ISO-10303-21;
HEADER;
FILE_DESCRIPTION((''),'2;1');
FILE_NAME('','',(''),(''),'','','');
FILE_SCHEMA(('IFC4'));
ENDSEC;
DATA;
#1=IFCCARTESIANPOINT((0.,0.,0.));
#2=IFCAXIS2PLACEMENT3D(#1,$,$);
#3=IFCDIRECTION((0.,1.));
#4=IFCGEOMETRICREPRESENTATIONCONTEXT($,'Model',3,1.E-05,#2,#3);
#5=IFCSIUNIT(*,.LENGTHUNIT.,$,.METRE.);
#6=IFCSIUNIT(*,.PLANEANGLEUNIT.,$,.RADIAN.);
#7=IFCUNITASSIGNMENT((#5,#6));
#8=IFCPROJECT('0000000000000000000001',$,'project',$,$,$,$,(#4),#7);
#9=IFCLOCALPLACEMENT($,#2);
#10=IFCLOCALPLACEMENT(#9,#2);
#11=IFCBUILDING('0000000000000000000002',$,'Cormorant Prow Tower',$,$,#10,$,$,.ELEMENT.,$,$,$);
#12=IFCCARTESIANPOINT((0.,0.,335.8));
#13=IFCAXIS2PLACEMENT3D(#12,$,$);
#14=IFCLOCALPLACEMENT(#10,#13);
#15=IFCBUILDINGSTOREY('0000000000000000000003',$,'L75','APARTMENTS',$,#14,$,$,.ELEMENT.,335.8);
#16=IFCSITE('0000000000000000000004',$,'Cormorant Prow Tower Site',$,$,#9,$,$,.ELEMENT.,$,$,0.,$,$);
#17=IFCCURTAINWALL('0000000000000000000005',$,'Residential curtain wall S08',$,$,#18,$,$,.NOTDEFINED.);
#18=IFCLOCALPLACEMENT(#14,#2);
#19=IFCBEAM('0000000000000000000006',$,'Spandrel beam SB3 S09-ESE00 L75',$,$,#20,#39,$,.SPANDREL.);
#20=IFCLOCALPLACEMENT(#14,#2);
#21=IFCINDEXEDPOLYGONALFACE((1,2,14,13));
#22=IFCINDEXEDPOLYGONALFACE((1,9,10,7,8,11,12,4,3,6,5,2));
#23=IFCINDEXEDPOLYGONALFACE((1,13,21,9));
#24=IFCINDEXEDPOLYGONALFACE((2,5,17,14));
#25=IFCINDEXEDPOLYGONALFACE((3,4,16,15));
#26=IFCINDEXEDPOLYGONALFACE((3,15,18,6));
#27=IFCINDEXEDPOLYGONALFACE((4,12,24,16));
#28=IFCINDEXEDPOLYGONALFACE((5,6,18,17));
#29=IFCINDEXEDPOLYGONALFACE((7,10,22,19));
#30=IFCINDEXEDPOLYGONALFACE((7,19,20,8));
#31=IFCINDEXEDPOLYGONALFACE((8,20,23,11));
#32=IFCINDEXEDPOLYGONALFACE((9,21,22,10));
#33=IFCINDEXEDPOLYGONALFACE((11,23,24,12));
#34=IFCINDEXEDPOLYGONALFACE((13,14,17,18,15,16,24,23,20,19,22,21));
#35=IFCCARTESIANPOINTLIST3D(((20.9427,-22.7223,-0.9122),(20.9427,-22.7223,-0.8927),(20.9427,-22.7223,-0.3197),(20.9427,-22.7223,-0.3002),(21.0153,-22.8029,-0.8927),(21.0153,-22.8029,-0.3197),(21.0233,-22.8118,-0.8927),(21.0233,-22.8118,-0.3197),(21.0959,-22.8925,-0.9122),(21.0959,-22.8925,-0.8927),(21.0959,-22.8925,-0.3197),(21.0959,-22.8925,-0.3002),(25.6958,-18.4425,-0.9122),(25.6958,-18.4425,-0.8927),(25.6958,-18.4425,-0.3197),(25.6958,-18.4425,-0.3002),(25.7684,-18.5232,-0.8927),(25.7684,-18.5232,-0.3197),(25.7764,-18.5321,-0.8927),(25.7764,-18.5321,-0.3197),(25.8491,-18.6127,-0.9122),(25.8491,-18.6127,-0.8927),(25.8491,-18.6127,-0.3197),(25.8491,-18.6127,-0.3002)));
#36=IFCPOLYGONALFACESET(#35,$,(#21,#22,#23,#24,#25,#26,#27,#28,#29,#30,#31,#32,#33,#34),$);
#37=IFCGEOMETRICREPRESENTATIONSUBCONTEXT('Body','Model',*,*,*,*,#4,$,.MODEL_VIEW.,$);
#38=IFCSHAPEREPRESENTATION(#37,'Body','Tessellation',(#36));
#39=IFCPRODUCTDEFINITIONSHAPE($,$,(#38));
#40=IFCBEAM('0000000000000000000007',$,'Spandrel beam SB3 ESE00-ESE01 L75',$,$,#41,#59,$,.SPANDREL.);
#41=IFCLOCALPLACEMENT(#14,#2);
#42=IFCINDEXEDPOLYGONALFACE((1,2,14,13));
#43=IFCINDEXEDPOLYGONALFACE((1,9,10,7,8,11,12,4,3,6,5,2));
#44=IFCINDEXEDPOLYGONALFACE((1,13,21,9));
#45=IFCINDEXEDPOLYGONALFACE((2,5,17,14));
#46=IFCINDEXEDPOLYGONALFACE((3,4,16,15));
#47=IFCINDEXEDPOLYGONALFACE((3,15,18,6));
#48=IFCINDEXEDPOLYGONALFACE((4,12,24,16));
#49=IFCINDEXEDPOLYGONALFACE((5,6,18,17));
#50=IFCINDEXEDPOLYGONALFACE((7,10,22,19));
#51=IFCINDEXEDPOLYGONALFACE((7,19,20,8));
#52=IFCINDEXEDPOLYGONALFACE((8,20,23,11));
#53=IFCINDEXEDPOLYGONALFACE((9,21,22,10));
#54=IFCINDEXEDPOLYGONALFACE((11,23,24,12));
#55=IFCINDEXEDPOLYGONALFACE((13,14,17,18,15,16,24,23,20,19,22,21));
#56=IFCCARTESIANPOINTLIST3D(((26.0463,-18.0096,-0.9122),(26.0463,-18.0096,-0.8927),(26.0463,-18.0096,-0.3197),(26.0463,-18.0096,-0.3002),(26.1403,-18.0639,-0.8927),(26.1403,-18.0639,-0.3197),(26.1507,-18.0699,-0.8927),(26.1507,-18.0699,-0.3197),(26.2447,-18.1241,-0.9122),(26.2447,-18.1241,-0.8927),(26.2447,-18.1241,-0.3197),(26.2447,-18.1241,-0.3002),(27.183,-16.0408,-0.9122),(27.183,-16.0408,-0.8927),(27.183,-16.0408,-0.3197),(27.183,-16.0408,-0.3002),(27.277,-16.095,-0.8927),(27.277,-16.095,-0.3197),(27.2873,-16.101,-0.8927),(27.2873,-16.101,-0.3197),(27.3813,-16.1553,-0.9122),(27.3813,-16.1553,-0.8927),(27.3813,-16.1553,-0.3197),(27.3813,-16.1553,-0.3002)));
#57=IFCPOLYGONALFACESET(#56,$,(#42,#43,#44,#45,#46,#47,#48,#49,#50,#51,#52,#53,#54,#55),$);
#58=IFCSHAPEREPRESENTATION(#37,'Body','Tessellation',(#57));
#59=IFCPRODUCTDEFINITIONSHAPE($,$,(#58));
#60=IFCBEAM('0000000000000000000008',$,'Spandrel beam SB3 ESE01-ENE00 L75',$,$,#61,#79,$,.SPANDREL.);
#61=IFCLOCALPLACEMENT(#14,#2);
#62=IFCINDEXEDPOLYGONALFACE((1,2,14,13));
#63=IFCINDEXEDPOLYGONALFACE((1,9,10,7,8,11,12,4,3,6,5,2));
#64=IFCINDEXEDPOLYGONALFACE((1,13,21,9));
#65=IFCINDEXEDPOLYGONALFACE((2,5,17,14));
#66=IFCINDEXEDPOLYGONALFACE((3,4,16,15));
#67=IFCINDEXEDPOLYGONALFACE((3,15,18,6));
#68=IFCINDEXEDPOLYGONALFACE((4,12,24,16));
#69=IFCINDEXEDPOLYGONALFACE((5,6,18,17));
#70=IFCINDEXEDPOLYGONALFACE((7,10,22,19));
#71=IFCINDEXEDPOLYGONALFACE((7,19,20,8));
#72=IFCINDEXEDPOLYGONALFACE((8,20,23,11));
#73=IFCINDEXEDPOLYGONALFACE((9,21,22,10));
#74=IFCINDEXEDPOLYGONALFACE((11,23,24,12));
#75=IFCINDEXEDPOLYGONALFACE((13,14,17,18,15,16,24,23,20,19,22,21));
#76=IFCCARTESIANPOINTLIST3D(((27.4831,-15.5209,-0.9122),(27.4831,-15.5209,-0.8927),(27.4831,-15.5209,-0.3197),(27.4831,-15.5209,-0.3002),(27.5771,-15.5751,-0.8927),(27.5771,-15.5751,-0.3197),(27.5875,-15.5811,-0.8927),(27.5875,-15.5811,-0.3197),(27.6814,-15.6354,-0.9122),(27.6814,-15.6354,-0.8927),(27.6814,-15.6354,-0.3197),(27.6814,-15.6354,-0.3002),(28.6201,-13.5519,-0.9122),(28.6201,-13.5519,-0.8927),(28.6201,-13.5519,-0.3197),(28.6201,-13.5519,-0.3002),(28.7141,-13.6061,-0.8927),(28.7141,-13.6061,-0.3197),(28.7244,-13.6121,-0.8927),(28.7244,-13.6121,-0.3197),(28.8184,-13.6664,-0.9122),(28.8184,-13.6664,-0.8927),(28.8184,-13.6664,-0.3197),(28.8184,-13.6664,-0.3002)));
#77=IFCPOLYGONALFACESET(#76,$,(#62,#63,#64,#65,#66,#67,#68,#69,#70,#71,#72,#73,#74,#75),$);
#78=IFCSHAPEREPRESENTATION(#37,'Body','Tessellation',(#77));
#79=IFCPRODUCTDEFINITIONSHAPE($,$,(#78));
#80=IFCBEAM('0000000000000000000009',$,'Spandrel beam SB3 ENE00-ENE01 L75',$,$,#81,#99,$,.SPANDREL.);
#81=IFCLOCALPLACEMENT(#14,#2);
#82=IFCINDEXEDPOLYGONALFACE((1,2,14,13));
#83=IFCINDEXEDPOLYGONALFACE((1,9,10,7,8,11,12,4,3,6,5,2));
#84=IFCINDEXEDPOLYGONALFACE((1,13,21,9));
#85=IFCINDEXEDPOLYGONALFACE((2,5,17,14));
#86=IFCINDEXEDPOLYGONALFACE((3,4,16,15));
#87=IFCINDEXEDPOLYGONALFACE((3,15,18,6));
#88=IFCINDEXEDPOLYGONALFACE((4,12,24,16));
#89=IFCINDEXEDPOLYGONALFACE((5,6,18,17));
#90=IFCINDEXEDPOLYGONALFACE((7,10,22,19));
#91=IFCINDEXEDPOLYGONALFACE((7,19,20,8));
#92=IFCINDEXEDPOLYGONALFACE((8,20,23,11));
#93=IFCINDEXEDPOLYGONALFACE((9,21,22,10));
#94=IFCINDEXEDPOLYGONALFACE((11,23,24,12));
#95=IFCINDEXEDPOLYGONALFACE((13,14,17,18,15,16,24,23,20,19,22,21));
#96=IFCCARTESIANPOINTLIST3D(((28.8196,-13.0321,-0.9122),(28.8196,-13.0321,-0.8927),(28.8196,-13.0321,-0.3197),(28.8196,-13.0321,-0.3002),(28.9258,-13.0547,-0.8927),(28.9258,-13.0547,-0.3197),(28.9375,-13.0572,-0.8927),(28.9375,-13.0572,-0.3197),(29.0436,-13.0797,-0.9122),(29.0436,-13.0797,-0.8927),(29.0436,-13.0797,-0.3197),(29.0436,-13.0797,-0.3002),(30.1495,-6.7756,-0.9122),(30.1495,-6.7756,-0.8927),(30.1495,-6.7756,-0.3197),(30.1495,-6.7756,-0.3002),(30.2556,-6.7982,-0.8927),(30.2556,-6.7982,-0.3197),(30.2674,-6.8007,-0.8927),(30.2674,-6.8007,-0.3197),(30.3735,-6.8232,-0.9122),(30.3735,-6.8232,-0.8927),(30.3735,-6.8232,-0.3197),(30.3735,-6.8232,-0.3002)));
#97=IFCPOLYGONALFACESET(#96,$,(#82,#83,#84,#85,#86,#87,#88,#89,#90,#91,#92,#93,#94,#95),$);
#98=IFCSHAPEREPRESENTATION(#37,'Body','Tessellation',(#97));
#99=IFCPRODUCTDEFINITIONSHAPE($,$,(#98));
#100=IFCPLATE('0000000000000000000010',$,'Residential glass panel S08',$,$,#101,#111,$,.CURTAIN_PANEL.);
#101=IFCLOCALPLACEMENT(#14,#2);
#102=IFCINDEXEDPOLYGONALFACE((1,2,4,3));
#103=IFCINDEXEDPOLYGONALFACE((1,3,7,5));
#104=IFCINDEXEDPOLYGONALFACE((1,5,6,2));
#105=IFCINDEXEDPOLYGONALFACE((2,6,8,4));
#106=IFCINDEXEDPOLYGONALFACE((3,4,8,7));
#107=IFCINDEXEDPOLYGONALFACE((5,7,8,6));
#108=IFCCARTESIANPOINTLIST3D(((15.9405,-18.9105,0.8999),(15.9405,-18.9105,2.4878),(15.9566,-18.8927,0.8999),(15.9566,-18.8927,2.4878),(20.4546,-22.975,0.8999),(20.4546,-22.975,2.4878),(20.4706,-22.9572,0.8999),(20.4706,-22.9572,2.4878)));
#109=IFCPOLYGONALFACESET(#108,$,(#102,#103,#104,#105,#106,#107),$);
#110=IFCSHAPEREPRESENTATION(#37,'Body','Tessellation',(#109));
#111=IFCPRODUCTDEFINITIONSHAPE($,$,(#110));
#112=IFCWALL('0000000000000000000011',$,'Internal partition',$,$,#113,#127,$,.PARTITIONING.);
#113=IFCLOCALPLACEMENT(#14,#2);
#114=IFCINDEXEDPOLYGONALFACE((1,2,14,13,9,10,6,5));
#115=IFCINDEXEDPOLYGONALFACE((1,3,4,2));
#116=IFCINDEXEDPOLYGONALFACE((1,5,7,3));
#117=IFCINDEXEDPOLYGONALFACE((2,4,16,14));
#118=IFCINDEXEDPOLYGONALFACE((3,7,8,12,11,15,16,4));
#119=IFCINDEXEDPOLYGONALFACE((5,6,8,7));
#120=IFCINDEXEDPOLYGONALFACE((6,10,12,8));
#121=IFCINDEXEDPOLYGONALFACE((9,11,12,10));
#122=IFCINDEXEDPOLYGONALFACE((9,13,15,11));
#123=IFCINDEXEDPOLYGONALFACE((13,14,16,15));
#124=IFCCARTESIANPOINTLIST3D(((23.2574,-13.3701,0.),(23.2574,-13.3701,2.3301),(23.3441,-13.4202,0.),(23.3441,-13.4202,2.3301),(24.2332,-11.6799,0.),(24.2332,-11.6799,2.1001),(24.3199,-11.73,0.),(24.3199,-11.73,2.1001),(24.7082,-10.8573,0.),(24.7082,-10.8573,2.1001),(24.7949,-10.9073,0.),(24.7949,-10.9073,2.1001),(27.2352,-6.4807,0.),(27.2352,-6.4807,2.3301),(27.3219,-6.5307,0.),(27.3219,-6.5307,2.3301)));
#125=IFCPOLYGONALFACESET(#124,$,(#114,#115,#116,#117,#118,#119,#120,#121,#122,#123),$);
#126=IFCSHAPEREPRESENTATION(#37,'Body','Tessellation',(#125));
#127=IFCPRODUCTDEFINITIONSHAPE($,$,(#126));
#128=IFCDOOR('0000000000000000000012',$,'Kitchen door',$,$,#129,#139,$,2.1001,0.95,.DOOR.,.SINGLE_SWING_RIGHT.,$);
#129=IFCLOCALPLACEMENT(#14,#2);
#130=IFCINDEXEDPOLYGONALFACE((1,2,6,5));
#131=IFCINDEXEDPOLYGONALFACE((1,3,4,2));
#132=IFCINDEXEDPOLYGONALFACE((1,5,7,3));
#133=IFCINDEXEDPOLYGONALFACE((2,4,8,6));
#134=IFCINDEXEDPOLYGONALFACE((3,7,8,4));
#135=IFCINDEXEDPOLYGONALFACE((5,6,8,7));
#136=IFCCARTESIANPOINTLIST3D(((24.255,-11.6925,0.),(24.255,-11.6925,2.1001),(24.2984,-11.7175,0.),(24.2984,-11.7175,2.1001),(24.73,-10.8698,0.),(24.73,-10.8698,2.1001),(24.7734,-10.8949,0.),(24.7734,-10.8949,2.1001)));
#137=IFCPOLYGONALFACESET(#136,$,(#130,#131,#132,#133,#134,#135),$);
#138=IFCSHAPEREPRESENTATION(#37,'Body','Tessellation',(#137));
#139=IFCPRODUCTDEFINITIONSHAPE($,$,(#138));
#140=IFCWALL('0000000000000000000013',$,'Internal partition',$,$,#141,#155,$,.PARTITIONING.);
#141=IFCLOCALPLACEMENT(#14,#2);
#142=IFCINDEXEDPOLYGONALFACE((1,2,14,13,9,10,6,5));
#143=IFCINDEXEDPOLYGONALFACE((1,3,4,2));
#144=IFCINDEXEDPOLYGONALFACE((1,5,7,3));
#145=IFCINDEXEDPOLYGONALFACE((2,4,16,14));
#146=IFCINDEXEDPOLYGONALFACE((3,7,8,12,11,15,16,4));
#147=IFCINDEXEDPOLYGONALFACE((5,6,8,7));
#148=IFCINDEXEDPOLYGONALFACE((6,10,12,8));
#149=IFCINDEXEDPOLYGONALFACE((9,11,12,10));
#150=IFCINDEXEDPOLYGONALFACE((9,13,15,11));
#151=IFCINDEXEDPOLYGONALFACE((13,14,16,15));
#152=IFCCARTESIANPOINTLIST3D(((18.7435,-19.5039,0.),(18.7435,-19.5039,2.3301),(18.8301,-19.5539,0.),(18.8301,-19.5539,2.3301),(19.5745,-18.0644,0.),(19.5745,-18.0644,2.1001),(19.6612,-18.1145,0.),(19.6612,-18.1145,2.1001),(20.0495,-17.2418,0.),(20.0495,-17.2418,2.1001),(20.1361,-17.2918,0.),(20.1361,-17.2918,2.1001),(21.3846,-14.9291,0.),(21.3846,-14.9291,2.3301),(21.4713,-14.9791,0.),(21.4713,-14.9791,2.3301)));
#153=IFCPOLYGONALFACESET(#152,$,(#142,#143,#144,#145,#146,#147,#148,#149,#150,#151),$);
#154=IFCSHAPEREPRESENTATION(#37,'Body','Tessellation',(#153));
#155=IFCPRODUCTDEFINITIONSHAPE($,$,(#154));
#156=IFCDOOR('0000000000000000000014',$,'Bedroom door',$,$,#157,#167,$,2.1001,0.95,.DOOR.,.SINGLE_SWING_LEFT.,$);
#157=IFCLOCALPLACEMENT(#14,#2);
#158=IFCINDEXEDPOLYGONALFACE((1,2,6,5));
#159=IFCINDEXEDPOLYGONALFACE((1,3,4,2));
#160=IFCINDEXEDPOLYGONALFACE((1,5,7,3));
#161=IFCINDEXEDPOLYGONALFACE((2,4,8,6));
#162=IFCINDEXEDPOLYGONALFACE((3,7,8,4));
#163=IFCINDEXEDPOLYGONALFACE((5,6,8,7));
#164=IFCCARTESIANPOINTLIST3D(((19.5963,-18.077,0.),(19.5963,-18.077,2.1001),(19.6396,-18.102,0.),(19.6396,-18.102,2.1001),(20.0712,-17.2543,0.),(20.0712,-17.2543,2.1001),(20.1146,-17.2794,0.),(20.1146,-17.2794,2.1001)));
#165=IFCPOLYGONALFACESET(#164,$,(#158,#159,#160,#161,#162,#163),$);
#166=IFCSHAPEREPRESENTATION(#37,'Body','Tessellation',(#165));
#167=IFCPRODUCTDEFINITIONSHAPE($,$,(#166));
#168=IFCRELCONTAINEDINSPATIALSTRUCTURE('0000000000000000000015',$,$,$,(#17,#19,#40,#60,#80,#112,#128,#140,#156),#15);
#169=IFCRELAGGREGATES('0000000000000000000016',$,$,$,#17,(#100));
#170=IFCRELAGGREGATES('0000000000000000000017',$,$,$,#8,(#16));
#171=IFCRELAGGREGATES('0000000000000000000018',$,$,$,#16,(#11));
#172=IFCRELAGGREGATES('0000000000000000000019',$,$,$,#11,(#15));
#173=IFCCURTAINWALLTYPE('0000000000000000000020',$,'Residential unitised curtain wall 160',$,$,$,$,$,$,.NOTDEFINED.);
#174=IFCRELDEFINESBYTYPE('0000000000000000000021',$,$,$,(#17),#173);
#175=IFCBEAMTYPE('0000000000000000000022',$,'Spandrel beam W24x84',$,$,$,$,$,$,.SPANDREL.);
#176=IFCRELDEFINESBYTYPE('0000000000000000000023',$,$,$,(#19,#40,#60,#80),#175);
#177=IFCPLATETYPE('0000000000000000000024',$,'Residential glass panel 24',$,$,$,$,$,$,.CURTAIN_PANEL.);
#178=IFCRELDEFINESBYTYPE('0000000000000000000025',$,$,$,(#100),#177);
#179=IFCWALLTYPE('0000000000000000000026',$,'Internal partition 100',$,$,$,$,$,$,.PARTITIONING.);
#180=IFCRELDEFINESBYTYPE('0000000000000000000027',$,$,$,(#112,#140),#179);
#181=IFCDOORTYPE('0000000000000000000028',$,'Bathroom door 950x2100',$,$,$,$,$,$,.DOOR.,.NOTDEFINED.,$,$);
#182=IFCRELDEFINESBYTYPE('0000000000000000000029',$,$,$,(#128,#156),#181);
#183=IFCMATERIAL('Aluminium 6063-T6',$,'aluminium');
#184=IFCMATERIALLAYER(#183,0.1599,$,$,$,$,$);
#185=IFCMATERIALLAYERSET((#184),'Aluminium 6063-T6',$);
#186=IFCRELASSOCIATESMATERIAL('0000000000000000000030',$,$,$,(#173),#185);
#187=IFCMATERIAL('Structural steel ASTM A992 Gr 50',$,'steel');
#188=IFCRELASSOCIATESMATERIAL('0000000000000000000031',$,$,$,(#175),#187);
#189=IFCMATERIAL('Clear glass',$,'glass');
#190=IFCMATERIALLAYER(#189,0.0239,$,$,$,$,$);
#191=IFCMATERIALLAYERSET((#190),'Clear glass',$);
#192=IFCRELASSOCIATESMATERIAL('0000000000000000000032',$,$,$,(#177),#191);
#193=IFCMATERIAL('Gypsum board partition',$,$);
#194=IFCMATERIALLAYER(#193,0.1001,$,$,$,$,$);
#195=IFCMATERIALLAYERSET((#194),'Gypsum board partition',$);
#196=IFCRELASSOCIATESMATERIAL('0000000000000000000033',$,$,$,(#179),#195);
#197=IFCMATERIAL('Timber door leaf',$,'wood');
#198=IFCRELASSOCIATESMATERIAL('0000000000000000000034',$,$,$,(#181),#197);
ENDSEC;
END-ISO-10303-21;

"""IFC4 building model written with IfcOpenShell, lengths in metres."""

from ifc_helpers import new_model, si_unit, direction, frame, frame_2d, origin, origin_2d, place, context, subcontext, project, spatial, rectangle, i_section, extrude, material, layer, layer_set, material_profile, profile_set, type_object, element, fill, aggregate, save


model = new_model("IFC4")

# Units and contexts
model_context = context("Model", 3, precision=1e-05, world=origin(), true_north=direction((0.0, 1.0)))
body_context = subcontext(model_context, "Body", "Model", "MODEL_VIEW")
ifc_project = project(units=[si_unit("LENGTHUNIT", "METRE"), si_unit("PLANEANGLEUNIT", "RADIAN")], contexts=[model_context])

# Site, building, storey
site_placement = place(None, origin())
site = spatial("IfcSite", under=ifc_project, at=site_placement, Name="Cormorant Prow Tower Site", CompositionType="ELEMENT", RefElevation=0.0)
building_placement = place(site_placement, origin())
building = spatial("IfcBuilding", under=site, at=building_placement, Name="Cormorant Prow Tower", CompositionType="ELEMENT")
storey_placement = place(building_placement, frame((0.0, 0.0, 335.8)))
storey = spatial("IfcBuildingStorey", under=building, at=storey_placement, Name="L75", Description="APARTMENTS", CompositionType="ELEMENT", Elevation=335.8)

# Curtain wall
ifc_material_1 = material(Name="Aluminium 6063-T6", Category="aluminium")
ifc_layer_1 = layer(ifc_material_1, 0.1599)
ifc_layer_set_1 = layer_set([ifc_layer_1], Name="Aluminium 6063-T6")
curtain_wall_type = type_object("IfcCurtainWallType", Name="Residential unitised curtain wall 160", PredefinedType="NOTDEFINED", material=ifc_layer_set_1)
curtain_wall_1_placement = place(storey_placement, origin())
curtain_wall_1 = element("IfcCurtainWall", 1, at=curtain_wall_1_placement, inside=storey, type_object=curtain_wall_type, Name="Residential curtain wall S08", PredefinedType="NOTDEFINED")

# Beams
ifc_material_2 = material(Name="Structural steel ASTM A992 Gr 50", Category="steel")
ifc_material_profile_1 = material_profile(ifc_material_2, i_section(OverallWidth=0.229, OverallDepth=0.6121, WebThickness=0.012, FlangeThickness=0.0195, at=origin_2d()), Name="W24x84")
ifc_profile_set_1 = profile_set([ifc_material_profile_1], Name="Structural steel ASTM A992 Gr 50")
beam_type = type_object("IfcBeamType", Name="Spandrel beam W24x84", PredefinedType="SPANDREL", material=ifc_profile_set_1)
beam_1_placement = place(storey_placement, frame((21.0193, -22.8074, -0.6062), z_axis=(0.743144, 0.669131, 0.0), x_axis=(-0.669131, 0.743144, 0.0)))
element("IfcBeam", 2, at=beam_1_placement, inside=storey, type_object=beam_type, Name="Spandrel beam SB3 S09-ESE00 L75", PredefinedType="SPANDREL", context=body_context, shape_type="SweptSolid", body=[
    extrude(i_section(OverallWidth=0.229, OverallDepth=0.6121, WebThickness=0.012, FlangeThickness=0.0195, at=origin_2d()), origin(), (0.0, 0.0, 1.0), 6.396),
])
beam_2_placement = place(storey_placement, frame((26.1455, -18.0669, -0.6062), z_axis=(0.499973, 0.866041, 0.0), x_axis=(-0.866041, 0.499973, 0.0)))
element("IfcBeam", 3, at=beam_2_placement, inside=storey, type_object=beam_type, Name="Spandrel beam SB3 ESE00-ESE01 L75", PredefinedType="SPANDREL", context=body_context, shape_type="SweptSolid", body=[
    extrude(i_section(OverallWidth=0.229, OverallDepth=0.6121, WebThickness=0.012, FlangeThickness=0.0195, at=origin_2d()), origin(), (0.0, 0.0, 1.0), 2.2734),
])
beam_3_placement = place(storey_placement, frame((27.5823, -15.5781, -0.6062), z_axis=(0.500054, 0.865994, 0.0), x_axis=(-0.865994, 0.500054, 0.0)))
element("IfcBeam", 4, at=beam_3_placement, inside=storey, type_object=beam_type, Name="Spandrel beam SB3 ESE01-ENE00 L75", PredefinedType="SPANDREL", context=body_context, shape_type="SweptSolid", body=[
    extrude(i_section(OverallWidth=0.229, OverallDepth=0.6121, WebThickness=0.012, FlangeThickness=0.0195, at=origin_2d()), origin(), (0.0, 0.0, 1.0), 2.2737),
])
beam_4_placement = place(storey_placement, frame((28.9316, -13.0559, -0.6062), z_axis=(0.207913, 0.978147, 0.0), x_axis=(-0.978147, 0.207913, 0.0)))
element("IfcBeam", 5, at=beam_4_placement, inside=storey, type_object=beam_type, Name="Spandrel beam SB3 ENE00-ENE01 L75", PredefinedType="SPANDREL", context=body_context, shape_type="SweptSolid", body=[
    extrude(i_section(OverallWidth=0.229, OverallDepth=0.6121, WebThickness=0.012, FlangeThickness=0.0195, at=origin_2d()), origin(), (0.0, 0.0, 1.0), 6.3962),
])

# Plate
ifc_material_3 = material(Name="Clear glass", Category="glass")
ifc_layer_2 = layer(ifc_material_3, 0.0239)
ifc_layer_set_2 = layer_set([ifc_layer_2], Name="Clear glass")
plate_type = type_object("IfcPlateType", Name="Residential glass panel 24", PredefinedType="CURTAIN_PANEL", material=ifc_layer_set_2)
plate_placement = place(storey_placement, frame((18.2056, -20.9338, 0.8999), z_axis=(0.0, 0.0, 1.0), x_axis=(0.743145, -0.669131, 0.0)))
plate = element("IfcPlate", 6, at=plate_placement, type_object=plate_type, Name="Residential glass panel S08", PredefinedType="CURTAIN_PANEL", context=body_context, shape_type="SweptSolid", body=[
    extrude(rectangle(XDim=6.0742, YDim=0.0239, at=origin_2d()), origin(), (0.0, 0.0, 1.0), 1.5879),
])
aggregate(curtain_wall_1, [plate])

# Walls, openings, doors
ifc_material_4 = material(Name="Gypsum board partition")
ifc_layer_3 = layer(ifc_material_4, 0.1001)
ifc_layer_set_3 = layer_set([ifc_layer_3], Name="Gypsum board partition")
wall_type_1 = type_object("IfcWallType", Name="Internal partition 100", PredefinedType="PARTITIONING", material=ifc_layer_set_3)
wall_1_placement = place(storey_placement, frame((23.3008, -13.395, 0.0), z_axis=(0.0, 0.0, 1.0), x_axis=(0.500017, 0.866015, 0.0)))
wall_1 = element("IfcWall", 7, at=wall_1_placement, inside=storey, type_object=wall_type_1, Name="Internal partition", PredefinedType="PARTITIONING", context=body_context, shape_type="SweptSolid", body=[
    extrude(rectangle(XDim=7.9553, YDim=0.1001, at=frame_2d((3.9775, 0.0))), origin(), (0.0, 0.0, 1.0), 2.3301),
])
opening_1_placement = place(wall_1_placement, frame((1.9514, 0.0, 0.0)))
opening_1 = element("IfcOpeningElement", 8, at=opening_1_placement, cuts=wall_1, PredefinedType="OPENING", context=body_context, shape_type="SweptSolid", body=[
    extrude(rectangle(XDim=0.95, YDim=2.1001, at=frame_2d((0.4751, 1.05))), frame((0.0, 0.0601, 0.0), z_axis=(0.0, -1.0, 0.0), x_axis=(1.0, 0.0, 0.0)), (0.0, 0.0, 1.0), 0.1201),
])
ifc_material_5 = material(Name="Timber door leaf", Category="wood")
door_type_1 = type_object("IfcDoorType", Name="Bathroom door 950x2100", OperationType="NOTDEFINED", PredefinedType="DOOR", material=ifc_material_5)
door_1_placement = place(opening_1_placement, origin())
door_1 = element("IfcDoor", 9, at=door_1_placement, inside=storey, type_object=door_type_1, Name="Kitchen door", OperationType="SINGLE_SWING_RIGHT", OverallHeight=2.1001, OverallWidth=0.95, PredefinedType="DOOR", context=body_context, shape_type="SweptSolid", body=[
    extrude(rectangle(XDim=0.95, YDim=2.1001, at=frame_2d((0.4751, 1.05))), frame((0.0, 0.0249, 0.0), z_axis=(0.0, -1.0, 0.0), x_axis=(1.0, 0.0, 0.0)), (0.0, 0.0, 1.0), 0.05),
])
fill(opening_1, door_1)
wall_2_placement = place(storey_placement, frame((18.7869, -19.5288, 0.0), z_axis=(0.0, 0.0, 1.0), x_axis=(0.499987, 0.866033, 0.0)))
wall_2 = element("IfcWall", 10, at=wall_2_placement, inside=storey, type_object=wall_type_1, Name="Internal partition", PredefinedType="PARTITIONING", context=body_context, shape_type="SweptSolid", body=[
    extrude(rectangle(XDim=5.2825, YDim=0.1001, at=frame_2d((2.6411, 0.0))), origin(), (0.0, 0.0, 1.0), 2.3301),
])
opening_2_placement = place(wall_2_placement, frame((1.6619, 0.0, 0.0)))
opening_2 = element("IfcOpeningElement", 11, at=opening_2_placement, cuts=wall_2, PredefinedType="OPENING", context=body_context, shape_type="SweptSolid", body=[
    extrude(rectangle(XDim=0.95, YDim=2.1001, at=frame_2d((0.4751, 1.05))), frame((0.0, 0.0601, 0.0), z_axis=(0.0, -1.0, 0.0), x_axis=(1.0, 0.0, 0.0)), (0.0, 0.0, 1.0), 0.1201),
])
door_2_placement = place(opening_2_placement, origin())
door_2 = element("IfcDoor", 12, at=door_2_placement, inside=storey, type_object=door_type_1, Name="Bedroom door", OperationType="SINGLE_SWING_LEFT", OverallHeight=2.1001, OverallWidth=0.95, PredefinedType="DOOR", context=body_context, shape_type="SweptSolid", body=[
    extrude(rectangle(XDim=0.95, YDim=2.1001, at=frame_2d((0.4751, 1.05))), frame((0.0, 0.0249, 0.0), z_axis=(0.0, -1.0, 0.0), x_axis=(1.0, 0.0, 0.0)), (0.0, 0.0, 1.0), 0.05),
])
fill(opening_2, door_2)

save(model, "model.ifc")
